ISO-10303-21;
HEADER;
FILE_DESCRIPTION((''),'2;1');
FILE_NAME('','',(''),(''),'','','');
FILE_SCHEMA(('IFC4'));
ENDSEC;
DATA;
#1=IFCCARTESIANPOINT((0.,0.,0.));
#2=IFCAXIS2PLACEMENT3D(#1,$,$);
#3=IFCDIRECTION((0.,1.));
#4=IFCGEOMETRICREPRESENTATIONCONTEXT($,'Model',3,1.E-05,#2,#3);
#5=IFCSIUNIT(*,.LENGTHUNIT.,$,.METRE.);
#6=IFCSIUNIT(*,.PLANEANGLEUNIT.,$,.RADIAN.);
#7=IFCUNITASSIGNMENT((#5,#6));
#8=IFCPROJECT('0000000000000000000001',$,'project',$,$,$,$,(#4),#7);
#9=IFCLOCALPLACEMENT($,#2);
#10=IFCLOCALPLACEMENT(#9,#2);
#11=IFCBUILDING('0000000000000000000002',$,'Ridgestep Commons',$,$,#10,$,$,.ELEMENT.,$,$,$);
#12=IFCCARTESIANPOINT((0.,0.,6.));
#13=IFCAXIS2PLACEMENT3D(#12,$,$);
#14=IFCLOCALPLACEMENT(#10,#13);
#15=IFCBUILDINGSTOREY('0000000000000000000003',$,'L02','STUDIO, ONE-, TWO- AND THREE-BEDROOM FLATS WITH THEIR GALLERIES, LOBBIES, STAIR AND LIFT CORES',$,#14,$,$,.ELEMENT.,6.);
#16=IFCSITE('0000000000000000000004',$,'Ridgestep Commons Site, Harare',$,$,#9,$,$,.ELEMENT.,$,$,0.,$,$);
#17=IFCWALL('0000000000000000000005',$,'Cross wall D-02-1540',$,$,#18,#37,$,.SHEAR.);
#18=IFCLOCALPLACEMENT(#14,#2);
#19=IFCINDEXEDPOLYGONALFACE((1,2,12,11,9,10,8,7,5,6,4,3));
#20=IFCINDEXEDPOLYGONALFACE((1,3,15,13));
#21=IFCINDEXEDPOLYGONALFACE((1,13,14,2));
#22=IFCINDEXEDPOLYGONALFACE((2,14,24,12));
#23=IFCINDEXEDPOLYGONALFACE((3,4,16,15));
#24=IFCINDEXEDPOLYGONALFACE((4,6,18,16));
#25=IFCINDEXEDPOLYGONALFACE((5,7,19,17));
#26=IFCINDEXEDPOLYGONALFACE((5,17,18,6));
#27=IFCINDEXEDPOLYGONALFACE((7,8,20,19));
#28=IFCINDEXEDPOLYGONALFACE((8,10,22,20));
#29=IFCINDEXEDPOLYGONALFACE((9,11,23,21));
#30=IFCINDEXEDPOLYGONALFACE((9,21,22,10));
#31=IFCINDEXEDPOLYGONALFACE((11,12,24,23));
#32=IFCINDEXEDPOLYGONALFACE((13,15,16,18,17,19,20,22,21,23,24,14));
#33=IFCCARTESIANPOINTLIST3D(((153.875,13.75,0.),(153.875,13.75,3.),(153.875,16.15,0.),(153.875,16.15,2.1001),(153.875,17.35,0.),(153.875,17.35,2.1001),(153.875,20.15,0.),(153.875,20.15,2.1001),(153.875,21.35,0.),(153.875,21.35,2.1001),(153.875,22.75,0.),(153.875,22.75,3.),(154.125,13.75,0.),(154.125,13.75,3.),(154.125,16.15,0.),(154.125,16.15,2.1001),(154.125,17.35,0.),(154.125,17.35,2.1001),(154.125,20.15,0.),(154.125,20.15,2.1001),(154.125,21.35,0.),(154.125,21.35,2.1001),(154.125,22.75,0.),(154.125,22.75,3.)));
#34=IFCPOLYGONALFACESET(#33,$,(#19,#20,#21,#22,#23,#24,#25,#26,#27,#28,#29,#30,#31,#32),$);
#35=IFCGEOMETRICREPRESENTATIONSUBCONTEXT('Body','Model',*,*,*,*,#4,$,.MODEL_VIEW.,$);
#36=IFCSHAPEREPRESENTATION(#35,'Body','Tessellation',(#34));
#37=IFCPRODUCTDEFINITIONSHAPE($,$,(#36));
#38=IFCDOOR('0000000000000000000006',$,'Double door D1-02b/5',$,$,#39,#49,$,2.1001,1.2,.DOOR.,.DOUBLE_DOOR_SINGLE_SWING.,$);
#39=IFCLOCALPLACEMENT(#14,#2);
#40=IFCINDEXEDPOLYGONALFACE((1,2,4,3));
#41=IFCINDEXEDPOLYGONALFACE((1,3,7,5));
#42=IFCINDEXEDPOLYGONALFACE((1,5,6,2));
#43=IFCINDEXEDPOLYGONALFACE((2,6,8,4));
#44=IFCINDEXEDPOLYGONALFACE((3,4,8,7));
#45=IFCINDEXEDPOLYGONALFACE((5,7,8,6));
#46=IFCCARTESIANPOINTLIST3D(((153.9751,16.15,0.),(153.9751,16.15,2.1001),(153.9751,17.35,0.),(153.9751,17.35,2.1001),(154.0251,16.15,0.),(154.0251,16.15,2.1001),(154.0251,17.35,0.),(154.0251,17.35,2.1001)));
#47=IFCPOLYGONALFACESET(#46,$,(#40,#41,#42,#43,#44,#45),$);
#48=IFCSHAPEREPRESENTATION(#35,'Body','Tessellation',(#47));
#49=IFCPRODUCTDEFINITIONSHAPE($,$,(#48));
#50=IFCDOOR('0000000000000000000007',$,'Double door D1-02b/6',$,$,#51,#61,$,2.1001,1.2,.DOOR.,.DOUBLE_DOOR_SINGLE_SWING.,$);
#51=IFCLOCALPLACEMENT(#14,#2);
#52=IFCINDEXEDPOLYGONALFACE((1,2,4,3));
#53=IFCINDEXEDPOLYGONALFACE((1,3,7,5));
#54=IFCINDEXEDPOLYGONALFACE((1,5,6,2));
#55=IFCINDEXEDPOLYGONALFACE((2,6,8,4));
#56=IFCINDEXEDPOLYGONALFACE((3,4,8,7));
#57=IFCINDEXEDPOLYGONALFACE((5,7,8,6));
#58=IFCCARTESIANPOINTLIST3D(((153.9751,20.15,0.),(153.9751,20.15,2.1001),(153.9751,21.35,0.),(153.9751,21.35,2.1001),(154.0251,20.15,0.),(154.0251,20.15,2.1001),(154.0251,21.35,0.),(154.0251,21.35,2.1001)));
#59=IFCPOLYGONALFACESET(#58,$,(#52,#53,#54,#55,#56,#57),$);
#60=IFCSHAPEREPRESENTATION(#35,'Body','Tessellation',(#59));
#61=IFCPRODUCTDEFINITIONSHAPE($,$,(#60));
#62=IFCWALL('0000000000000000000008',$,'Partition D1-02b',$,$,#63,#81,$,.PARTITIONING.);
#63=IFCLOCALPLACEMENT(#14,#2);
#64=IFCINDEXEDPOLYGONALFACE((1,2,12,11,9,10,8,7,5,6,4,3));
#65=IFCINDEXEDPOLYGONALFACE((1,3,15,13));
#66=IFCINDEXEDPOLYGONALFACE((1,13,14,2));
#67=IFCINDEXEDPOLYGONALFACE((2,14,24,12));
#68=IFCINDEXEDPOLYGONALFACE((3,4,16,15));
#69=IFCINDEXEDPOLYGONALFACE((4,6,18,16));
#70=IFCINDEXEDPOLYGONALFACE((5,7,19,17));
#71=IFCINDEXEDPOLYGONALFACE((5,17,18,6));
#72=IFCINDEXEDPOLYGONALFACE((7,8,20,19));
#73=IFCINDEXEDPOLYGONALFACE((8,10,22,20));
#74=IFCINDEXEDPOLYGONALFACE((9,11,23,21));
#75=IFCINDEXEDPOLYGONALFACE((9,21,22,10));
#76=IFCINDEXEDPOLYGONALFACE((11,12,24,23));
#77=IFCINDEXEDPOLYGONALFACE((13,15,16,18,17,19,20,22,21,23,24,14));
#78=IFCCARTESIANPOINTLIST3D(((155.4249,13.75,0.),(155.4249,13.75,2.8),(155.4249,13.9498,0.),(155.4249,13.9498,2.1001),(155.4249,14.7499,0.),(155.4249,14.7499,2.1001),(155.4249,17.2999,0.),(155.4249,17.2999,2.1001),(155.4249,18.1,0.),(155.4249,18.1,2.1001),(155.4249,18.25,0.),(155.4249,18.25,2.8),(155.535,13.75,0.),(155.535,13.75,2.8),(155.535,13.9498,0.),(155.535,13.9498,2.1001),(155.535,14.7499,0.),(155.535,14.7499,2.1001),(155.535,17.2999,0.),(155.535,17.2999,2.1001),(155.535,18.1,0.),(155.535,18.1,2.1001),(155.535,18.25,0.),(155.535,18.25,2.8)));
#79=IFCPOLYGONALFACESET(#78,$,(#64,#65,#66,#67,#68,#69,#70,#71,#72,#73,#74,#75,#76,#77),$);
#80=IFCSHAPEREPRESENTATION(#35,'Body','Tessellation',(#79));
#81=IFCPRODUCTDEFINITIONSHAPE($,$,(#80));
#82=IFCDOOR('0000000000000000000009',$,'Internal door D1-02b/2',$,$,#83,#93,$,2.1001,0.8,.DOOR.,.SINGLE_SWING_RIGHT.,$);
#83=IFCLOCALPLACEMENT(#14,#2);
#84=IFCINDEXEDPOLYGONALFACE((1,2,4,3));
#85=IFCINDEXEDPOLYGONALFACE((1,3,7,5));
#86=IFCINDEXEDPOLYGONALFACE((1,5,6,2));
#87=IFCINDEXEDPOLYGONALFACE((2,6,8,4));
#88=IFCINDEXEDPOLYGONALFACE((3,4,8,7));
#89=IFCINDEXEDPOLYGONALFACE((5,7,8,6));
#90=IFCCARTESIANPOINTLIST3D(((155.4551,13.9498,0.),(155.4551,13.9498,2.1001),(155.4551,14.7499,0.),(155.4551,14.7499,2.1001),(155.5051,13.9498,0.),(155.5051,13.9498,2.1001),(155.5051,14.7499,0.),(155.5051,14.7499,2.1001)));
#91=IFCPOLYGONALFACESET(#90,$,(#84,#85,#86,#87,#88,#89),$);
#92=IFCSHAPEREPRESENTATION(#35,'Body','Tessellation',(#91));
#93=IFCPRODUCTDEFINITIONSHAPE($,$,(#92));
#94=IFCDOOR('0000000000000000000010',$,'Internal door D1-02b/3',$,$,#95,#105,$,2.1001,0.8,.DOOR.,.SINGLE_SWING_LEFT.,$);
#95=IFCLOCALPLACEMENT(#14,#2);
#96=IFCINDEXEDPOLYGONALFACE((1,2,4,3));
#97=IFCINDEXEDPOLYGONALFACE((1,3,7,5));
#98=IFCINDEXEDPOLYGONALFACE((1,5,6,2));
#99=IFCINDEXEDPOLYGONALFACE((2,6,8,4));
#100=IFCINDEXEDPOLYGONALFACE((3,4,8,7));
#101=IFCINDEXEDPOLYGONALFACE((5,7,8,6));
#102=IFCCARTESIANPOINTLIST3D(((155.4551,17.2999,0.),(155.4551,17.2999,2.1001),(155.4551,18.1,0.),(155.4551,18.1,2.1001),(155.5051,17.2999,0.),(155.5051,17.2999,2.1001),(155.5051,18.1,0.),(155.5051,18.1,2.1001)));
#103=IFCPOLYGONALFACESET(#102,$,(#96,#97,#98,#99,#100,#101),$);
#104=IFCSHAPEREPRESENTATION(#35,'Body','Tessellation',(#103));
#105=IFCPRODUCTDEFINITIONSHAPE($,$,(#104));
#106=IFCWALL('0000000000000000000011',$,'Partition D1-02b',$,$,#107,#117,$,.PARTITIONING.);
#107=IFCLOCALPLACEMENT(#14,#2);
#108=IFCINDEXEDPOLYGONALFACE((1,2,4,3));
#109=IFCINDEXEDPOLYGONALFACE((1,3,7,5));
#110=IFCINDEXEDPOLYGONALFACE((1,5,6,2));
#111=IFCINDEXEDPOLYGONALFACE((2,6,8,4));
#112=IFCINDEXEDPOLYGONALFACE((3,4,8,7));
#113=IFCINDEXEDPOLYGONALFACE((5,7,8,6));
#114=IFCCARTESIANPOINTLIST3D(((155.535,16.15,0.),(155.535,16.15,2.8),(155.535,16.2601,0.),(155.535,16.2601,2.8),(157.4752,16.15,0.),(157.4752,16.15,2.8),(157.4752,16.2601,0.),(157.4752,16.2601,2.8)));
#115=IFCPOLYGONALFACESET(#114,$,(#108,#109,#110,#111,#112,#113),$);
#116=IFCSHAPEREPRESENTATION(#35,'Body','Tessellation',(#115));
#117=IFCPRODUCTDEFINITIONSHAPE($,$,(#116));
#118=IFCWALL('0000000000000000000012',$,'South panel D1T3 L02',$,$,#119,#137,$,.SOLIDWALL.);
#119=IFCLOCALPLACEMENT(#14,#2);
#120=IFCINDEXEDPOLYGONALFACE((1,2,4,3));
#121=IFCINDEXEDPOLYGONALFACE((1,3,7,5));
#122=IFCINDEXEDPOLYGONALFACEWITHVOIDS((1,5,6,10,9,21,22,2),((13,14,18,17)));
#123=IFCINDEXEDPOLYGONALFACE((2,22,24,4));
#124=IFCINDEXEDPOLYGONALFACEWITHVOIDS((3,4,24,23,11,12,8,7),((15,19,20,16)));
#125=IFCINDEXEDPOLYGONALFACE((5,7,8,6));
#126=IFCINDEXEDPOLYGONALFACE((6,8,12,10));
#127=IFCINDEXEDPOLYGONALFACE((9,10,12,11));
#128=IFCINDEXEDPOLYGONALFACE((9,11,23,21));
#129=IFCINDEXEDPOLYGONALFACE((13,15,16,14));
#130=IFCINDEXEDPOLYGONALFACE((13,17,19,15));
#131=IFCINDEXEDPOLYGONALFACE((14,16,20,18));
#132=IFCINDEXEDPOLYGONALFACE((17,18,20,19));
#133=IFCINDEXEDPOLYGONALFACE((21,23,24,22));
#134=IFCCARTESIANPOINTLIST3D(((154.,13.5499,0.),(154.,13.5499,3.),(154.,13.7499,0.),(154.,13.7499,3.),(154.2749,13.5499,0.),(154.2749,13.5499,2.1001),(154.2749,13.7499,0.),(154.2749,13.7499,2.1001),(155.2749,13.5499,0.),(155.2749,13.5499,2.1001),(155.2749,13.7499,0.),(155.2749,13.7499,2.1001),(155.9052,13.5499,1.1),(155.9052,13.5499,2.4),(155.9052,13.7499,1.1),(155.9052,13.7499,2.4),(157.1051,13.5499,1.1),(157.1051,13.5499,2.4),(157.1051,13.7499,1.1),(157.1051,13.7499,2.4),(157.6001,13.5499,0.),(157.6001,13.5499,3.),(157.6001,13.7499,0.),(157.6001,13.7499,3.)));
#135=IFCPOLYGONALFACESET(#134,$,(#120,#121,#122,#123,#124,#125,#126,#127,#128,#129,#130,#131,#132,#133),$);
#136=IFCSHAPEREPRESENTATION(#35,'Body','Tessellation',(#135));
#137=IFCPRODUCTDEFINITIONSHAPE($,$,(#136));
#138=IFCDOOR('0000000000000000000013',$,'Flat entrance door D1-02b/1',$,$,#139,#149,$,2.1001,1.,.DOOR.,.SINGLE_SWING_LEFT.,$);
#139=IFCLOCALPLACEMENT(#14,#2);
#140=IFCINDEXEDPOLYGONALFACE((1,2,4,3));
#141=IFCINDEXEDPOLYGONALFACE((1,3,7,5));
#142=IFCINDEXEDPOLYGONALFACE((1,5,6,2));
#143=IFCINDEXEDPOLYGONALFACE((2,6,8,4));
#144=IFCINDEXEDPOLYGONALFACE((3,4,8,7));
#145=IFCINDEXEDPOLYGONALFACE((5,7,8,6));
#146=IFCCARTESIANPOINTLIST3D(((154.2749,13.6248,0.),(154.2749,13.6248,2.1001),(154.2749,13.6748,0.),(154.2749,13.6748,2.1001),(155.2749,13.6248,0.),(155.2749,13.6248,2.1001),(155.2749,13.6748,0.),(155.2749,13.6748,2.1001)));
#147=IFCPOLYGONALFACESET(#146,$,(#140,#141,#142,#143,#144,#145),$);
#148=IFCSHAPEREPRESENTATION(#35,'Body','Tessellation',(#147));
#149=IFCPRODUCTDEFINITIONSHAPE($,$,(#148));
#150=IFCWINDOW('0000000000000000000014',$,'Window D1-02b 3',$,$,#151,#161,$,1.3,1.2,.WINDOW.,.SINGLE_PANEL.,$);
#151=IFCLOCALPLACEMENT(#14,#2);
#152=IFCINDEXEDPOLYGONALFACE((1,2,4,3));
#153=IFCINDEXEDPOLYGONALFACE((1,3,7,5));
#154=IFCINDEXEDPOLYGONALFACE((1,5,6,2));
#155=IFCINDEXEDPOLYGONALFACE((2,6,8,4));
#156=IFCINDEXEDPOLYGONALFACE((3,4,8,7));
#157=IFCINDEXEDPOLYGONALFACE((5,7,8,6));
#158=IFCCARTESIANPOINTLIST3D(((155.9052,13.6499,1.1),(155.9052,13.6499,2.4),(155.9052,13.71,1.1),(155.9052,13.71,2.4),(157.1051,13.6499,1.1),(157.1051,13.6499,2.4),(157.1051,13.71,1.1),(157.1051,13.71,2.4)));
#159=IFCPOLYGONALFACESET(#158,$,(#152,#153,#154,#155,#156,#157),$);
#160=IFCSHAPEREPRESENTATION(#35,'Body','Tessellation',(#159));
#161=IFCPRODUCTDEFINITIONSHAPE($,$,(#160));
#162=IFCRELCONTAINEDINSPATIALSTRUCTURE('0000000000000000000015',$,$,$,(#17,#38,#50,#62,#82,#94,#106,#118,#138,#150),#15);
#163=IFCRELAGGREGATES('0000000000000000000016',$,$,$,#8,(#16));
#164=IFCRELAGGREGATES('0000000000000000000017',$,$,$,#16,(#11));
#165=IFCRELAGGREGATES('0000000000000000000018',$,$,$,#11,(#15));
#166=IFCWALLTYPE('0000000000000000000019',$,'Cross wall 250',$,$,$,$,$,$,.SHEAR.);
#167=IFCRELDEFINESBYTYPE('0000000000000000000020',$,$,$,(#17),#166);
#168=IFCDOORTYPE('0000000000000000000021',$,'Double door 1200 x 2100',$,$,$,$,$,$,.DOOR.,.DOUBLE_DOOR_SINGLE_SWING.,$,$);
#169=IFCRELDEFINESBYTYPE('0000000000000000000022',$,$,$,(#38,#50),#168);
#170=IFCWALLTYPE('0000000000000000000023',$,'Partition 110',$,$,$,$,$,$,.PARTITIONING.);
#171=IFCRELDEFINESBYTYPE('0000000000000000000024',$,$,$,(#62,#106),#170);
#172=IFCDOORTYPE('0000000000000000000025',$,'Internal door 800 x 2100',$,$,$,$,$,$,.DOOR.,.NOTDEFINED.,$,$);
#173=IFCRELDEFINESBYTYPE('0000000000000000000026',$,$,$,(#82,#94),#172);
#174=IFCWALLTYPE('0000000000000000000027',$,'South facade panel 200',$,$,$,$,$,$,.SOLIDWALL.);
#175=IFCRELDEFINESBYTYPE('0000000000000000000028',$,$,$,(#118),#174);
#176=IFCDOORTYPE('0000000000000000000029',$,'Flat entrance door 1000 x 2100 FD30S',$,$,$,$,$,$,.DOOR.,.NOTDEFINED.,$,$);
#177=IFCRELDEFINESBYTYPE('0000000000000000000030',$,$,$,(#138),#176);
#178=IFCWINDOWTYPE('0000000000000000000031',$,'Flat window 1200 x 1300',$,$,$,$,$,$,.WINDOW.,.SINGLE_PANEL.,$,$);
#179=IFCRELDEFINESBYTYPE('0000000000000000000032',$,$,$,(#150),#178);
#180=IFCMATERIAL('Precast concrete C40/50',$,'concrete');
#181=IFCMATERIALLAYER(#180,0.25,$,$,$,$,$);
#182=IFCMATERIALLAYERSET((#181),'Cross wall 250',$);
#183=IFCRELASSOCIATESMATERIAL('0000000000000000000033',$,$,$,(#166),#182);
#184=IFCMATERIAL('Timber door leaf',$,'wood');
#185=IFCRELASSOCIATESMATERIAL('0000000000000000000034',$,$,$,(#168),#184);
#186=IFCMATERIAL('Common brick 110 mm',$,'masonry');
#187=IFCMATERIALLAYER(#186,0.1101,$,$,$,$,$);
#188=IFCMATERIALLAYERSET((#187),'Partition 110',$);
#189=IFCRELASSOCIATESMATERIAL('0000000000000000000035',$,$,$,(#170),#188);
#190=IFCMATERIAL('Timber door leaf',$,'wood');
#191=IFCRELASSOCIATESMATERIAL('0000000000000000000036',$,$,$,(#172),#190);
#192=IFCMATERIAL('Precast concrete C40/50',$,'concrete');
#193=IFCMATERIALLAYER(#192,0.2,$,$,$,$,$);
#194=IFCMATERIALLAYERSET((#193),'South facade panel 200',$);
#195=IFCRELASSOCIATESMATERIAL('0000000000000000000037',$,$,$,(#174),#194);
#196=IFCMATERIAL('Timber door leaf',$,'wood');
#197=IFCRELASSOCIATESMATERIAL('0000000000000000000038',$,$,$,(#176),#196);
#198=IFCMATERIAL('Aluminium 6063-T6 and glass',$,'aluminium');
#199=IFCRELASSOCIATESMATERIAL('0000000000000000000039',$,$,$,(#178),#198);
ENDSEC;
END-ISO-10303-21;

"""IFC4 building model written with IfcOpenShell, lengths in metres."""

from ifc_helpers import new_model, si_unit, direction, frame, frame_2d, origin, place, context, subcontext, project, spatial, rectangle, extrude, material, layer, layer_set, type_object, element, fill, save


model = new_model("IFC4")

# Units and contexts
model_context = context("Model", 3, precision=1e-05, world=origin(), true_north=direction((0.0, 1.0)))
body_context = subcontext(model_context, "Body", "Model", "MODEL_VIEW")
ifc_project = project(units=[si_unit("LENGTHUNIT", "METRE"), si_unit("PLANEANGLEUNIT", "RADIAN")], contexts=[model_context])

# Site, building, storey
site_placement = place(None, origin())
site = spatial("IfcSite", under=ifc_project, at=site_placement, Name="Ridgestep Commons Site, Harare", CompositionType="ELEMENT", RefElevation=0.0)
building_placement = place(site_placement, origin())
building = spatial("IfcBuilding", under=site, at=building_placement, Name="Ridgestep Commons", CompositionType="ELEMENT")
storey_placement = place(building_placement, frame((0.0, 0.0, 6.0)))
storey = spatial("IfcBuildingStorey", under=building, at=storey_placement, Name="L02", Description="STUDIO, ONE-, TWO- AND THREE-BEDROOM FLATS WITH THEIR GALLERIES, LOBBIES, STAIR AND LIFT CORES", CompositionType="ELEMENT", Elevation=6.0)

# Walls, openings, doors
ifc_material_1 = material(Name="Precast concrete C40/50", Category="concrete")
ifc_layer_1 = layer(ifc_material_1, 0.25)
ifc_layer_set_1 = layer_set([ifc_layer_1], Name="Cross wall 250")
wall_type_1 = type_object("IfcWallType", Name="Cross wall 250", PredefinedType="SHEAR", material=ifc_layer_set_1)
wall_1_placement = place(storey_placement, frame((154.0, 13.75, 0.0), z_axis=(0.0, 0.0, 1.0), x_axis=(0.0, 1.0, 0.0)))
wall_1 = element("IfcWall", 1, at=wall_1_placement, inside=storey, type_object=wall_type_1, Name="Cross wall D-02-1540", PredefinedType="SHEAR", context=body_context, shape_type="SweptSolid", body=[
    extrude(rectangle(XDim=9.0, YDim=0.25, at=frame_2d((4.5, 0.0))), origin(), (0.0, 0.0, 1.0), 3.0),
])
opening_1_placement = place(wall_1_placement, frame((2.3999, 0.0, 0.0)))
opening_1 = element("IfcOpeningElement", 2, at=opening_1_placement, cuts=wall_1, PredefinedType="OPENING", context=body_context, shape_type="SweptSolid", body=[
    extrude(rectangle(XDim=1.2, YDim=2.1001, at=frame_2d((0.6001, 1.05))), frame((0.0, 0.135, 0.0), z_axis=(0.0, -1.0, 0.0), x_axis=(1.0, 0.0, 0.0)), (0.0, 0.0, 1.0), 0.27),
])
opening_2_placement = place(wall_1_placement, frame((6.3999, 0.0, 0.0)))
opening_2 = element("IfcOpeningElement", 3, at=opening_2_placement, cuts=wall_1, PredefinedType="OPENING", context=body_context, shape_type="SweptSolid", body=[
    extrude(rectangle(XDim=1.2, YDim=2.1001, at=frame_2d((0.6001, 1.05))), frame((0.0, 0.135, 0.0), z_axis=(0.0, -1.0, 0.0), x_axis=(1.0, 0.0, 0.0)), (0.0, 0.0, 1.0), 0.27),
])
ifc_material_2 = material(Name="Timber door leaf", Category="wood")
door_type_1 = type_object("IfcDoorType", Name="Double door 1200 x 2100", OperationType="DOUBLE_DOOR_SINGLE_SWING", PredefinedType="DOOR", material=ifc_material_2)
door_1_placement = place(opening_1_placement, origin())
door_1 = element("IfcDoor", 4, at=door_1_placement, inside=storey, type_object=door_type_1, Name="Double door D1-02b/5", OperationType="DOUBLE_DOOR_SINGLE_SWING", OverallHeight=2.1001, OverallWidth=1.2, PredefinedType="DOOR", context=body_context, shape_type="SweptSolid", body=[
    extrude(rectangle(XDim=1.2, YDim=2.1001, at=frame_2d((0.6001, 1.05))), frame((0.0, 0.0249, 0.0), z_axis=(0.0, -1.0, 0.0), x_axis=(1.0, 0.0, 0.0)), (0.0, 0.0, 1.0), 0.05),
])
fill(opening_1, door_1)
door_2_placement = place(opening_2_placement, origin())
door_2 = element("IfcDoor", 5, at=door_2_placement, inside=storey, type_object=door_type_1, Name="Double door D1-02b/6", OperationType="DOUBLE_DOOR_SINGLE_SWING", OverallHeight=2.1001, OverallWidth=1.2, PredefinedType="DOOR", context=body_context, shape_type="SweptSolid", body=[
    extrude(rectangle(XDim=1.2, YDim=2.1001, at=frame_2d((0.6001, 1.05))), frame((0.0, 0.0249, 0.0), z_axis=(0.0, -1.0, 0.0), x_axis=(1.0, 0.0, 0.0)), (0.0, 0.0, 1.0), 0.05),
])
fill(opening_2, door_2)
ifc_material_3 = material(Name="Common brick 110 mm", Category="masonry")
ifc_layer_2 = layer(ifc_material_3, 0.1101)
ifc_layer_set_2 = layer_set([ifc_layer_2], Name="Partition 110")
wall_type_2 = type_object("IfcWallType", Name="Partition 110", PredefinedType="PARTITIONING", material=ifc_layer_set_2)
wall_2_placement = place(storey_placement, frame((155.48, 13.75, 0.0), z_axis=(0.0, 0.0, 1.0), x_axis=(0.0, 1.0, 0.0)))
wall_2 = element("IfcWall", 6, at=wall_2_placement, inside=storey, type_object=wall_type_2, Name="Partition D1-02b", PredefinedType="PARTITIONING", context=body_context, shape_type="SweptSolid", body=[
    extrude(rectangle(XDim=4.5, YDim=0.1101, at=frame_2d((2.25, 0.0))), origin(), (0.0, 0.0, 1.0), 2.8),
])
opening_3_placement = place(wall_2_placement, frame((0.2, 0.0, 0.0)))
opening_3 = element("IfcOpeningElement", 7, at=opening_3_placement, cuts=wall_2, PredefinedType="OPENING", context=body_context, shape_type="SweptSolid", body=[
    extrude(rectangle(XDim=0.8, YDim=2.1001, at=frame_2d((0.3999, 1.05))), frame((0.0, 0.0649, 0.0), z_axis=(0.0, -1.0, 0.0), x_axis=(1.0, 0.0, 0.0)), (0.0, 0.0, 1.0), 0.1301),
])
opening_4_placement = place(wall_2_placement, frame((3.55, 0.0, 0.0)))
opening_4 = element("IfcOpeningElement", 8, at=opening_4_placement, cuts=wall_2, PredefinedType="OPENING", context=body_context, shape_type="SweptSolid", body=[
    extrude(rectangle(XDim=0.8, YDim=2.1001, at=frame_2d((0.3999, 1.05))), frame((0.0, 0.0649, 0.0), z_axis=(0.0, -1.0, 0.0), x_axis=(1.0, 0.0, 0.0)), (0.0, 0.0, 1.0), 0.1301),
])
ifc_material_4 = material(Name="Timber door leaf", Category="wood")
door_type_2 = type_object("IfcDoorType", Name="Internal door 800 x 2100", OperationType="NOTDEFINED", PredefinedType="DOOR", material=ifc_material_4)
door_3_placement = place(opening_3_placement, origin())
door_3 = element("IfcDoor", 9, at=door_3_placement, inside=storey, type_object=door_type_2, Name="Internal door D1-02b/2", OperationType="SINGLE_SWING_RIGHT", OverallHeight=2.1001, OverallWidth=0.8, PredefinedType="DOOR", context=body_context, shape_type="SweptSolid", body=[
    extrude(rectangle(XDim=0.8, YDim=2.1001, at=frame_2d((0.3999, 1.05))), frame((0.0, 0.0249, 0.0), z_axis=(0.0, -1.0, 0.0), x_axis=(1.0, 0.0, 0.0)), (0.0, 0.0, 1.0), 0.05),
])
fill(opening_3, door_3)
door_4_placement = place(opening_4_placement, origin())
door_4 = element("IfcDoor", 10, at=door_4_placement, inside=storey, type_object=door_type_2, Name="Internal door D1-02b/3", OperationType="SINGLE_SWING_LEFT", OverallHeight=2.1001, OverallWidth=0.8, PredefinedType="DOOR", context=body_context, shape_type="SweptSolid", body=[
    extrude(rectangle(XDim=0.8, YDim=2.1001, at=frame_2d((0.3999, 1.05))), frame((0.0, 0.0249, 0.0), z_axis=(0.0, -1.0, 0.0), x_axis=(1.0, 0.0, 0.0)), (0.0, 0.0, 1.0), 0.05),
])
fill(opening_4, door_4)

# Wall
wall_3_placement = place(storey_placement, frame((155.5349, 16.2051, 0.0), z_axis=(0.0, 0.0, 1.0), x_axis=(1.0, 0.0, 0.0)))
element("IfcWall", 11, at=wall_3_placement, inside=storey, type_object=wall_type_2, Name="Partition D1-02b", PredefinedType="PARTITIONING", context=body_context, shape_type="SweptSolid", body=[
    extrude(rectangle(XDim=1.9402, YDim=0.1101, at=frame_2d((0.9702, 0.0))), origin(), (0.0, 0.0, 1.0), 2.8),
])

# Wall, openings, door, window
ifc_material_5 = material(Name="Precast concrete C40/50", Category="concrete")
ifc_layer_3 = layer(ifc_material_5, 0.2)
ifc_layer_set_3 = layer_set([ifc_layer_3], Name="South facade panel 200")
wall_type_3 = type_object("IfcWallType", Name="South facade panel 200", PredefinedType="SOLIDWALL", material=ifc_layer_set_3)
wall_4_placement = place(storey_placement, frame((154.0, 13.6499, 0.0), z_axis=(0.0, 0.0, 1.0), x_axis=(1.0, 0.0, 0.0)))
wall_4 = element("IfcWall", 12, at=wall_4_placement, inside=storey, type_object=wall_type_3, Name="South panel D1T3 L02", PredefinedType="SOLIDWALL", context=body_context, shape_type="SweptSolid", body=[
    extrude(rectangle(XDim=3.6001, YDim=0.2, at=frame_2d((1.8, 0.0))), origin(), (0.0, 0.0, 1.0), 3.0),
])
opening_5_placement = place(wall_4_placement, frame((1.905, 0.0, 1.1001)))
opening_5 = element("IfcOpeningElement", 13, at=opening_5_placement, cuts=wall_4, PredefinedType="OPENING", context=body_context, shape_type="SweptSolid", body=[
    extrude(rectangle(XDim=1.2, YDim=1.3, at=frame_2d((0.6001, 0.6499))), frame((0.0, 0.1099, 0.0), z_axis=(0.0, -1.0, 0.0), x_axis=(1.0, 0.0, 0.0)), (0.0, 0.0, 1.0), 0.22),
])
opening_6_placement = place(wall_4_placement, frame((0.2749, 0.0, 0.0)))
opening_6 = element("IfcOpeningElement", 14, at=opening_6_placement, cuts=wall_4, PredefinedType="OPENING", context=body_context, shape_type="SweptSolid", body=[
    extrude(rectangle(XDim=1.0, YDim=2.1001, at=frame_2d((0.5, 1.05))), frame((0.0, 0.1099, 0.0), z_axis=(0.0, -1.0, 0.0), x_axis=(1.0, 0.0, 0.0)), (0.0, 0.0, 1.0), 0.22),
])
ifc_material_6 = material(Name="Timber door leaf", Category="wood")
door_type_3 = type_object("IfcDoorType", Name="Flat entrance door 1000 x 2100 FD30S", OperationType="NOTDEFINED", PredefinedType="DOOR", material=ifc_material_6)
door_5_placement = place(opening_6_placement, origin())
door_5 = element("IfcDoor", 15, at=door_5_placement, inside=storey, type_object=door_type_3, Name="Flat entrance door D1-02b/1", OperationType="SINGLE_SWING_LEFT", OverallHeight=2.1001, OverallWidth=1.0, PredefinedType="DOOR", context=body_context, shape_type="SweptSolid", body=[
    extrude(rectangle(XDim=1.0, YDim=2.1001, at=frame_2d((0.5, 1.05))), frame((0.0, 0.0249, 0.0), z_axis=(0.0, -1.0, 0.0), x_axis=(1.0, 0.0, 0.0)), (0.0, 0.0, 1.0), 0.05),
])
fill(opening_6, door_5)
ifc_material_7 = material(Name="Aluminium 6063-T6 and glass", Category="aluminium")
window_type = type_object("IfcWindowType", Name="Flat window 1200 x 1300", PartitioningType="SINGLE_PANEL", PredefinedType="WINDOW", material=ifc_material_7)
window_placement = place(opening_5_placement, origin())
window = element("IfcWindow", 16, at=window_placement, inside=storey, type_object=window_type, Name="Window D1-02b 3", OverallHeight=1.3, OverallWidth=1.2, PartitioningType="SINGLE_PANEL", PredefinedType="WINDOW", context=body_context, shape_type="SweptSolid", body=[
    extrude(rectangle(XDim=1.2, YDim=1.3, at=frame_2d((0.6001, 0.6499))), frame((0.0, 0.0601, 0.0), z_axis=(0.0, -1.0, 0.0), x_axis=(1.0, 0.0, 0.0)), (0.0, 0.0, 1.0), 0.0601),
])
fill(opening_5, window)

save(model, "model.ifc")
